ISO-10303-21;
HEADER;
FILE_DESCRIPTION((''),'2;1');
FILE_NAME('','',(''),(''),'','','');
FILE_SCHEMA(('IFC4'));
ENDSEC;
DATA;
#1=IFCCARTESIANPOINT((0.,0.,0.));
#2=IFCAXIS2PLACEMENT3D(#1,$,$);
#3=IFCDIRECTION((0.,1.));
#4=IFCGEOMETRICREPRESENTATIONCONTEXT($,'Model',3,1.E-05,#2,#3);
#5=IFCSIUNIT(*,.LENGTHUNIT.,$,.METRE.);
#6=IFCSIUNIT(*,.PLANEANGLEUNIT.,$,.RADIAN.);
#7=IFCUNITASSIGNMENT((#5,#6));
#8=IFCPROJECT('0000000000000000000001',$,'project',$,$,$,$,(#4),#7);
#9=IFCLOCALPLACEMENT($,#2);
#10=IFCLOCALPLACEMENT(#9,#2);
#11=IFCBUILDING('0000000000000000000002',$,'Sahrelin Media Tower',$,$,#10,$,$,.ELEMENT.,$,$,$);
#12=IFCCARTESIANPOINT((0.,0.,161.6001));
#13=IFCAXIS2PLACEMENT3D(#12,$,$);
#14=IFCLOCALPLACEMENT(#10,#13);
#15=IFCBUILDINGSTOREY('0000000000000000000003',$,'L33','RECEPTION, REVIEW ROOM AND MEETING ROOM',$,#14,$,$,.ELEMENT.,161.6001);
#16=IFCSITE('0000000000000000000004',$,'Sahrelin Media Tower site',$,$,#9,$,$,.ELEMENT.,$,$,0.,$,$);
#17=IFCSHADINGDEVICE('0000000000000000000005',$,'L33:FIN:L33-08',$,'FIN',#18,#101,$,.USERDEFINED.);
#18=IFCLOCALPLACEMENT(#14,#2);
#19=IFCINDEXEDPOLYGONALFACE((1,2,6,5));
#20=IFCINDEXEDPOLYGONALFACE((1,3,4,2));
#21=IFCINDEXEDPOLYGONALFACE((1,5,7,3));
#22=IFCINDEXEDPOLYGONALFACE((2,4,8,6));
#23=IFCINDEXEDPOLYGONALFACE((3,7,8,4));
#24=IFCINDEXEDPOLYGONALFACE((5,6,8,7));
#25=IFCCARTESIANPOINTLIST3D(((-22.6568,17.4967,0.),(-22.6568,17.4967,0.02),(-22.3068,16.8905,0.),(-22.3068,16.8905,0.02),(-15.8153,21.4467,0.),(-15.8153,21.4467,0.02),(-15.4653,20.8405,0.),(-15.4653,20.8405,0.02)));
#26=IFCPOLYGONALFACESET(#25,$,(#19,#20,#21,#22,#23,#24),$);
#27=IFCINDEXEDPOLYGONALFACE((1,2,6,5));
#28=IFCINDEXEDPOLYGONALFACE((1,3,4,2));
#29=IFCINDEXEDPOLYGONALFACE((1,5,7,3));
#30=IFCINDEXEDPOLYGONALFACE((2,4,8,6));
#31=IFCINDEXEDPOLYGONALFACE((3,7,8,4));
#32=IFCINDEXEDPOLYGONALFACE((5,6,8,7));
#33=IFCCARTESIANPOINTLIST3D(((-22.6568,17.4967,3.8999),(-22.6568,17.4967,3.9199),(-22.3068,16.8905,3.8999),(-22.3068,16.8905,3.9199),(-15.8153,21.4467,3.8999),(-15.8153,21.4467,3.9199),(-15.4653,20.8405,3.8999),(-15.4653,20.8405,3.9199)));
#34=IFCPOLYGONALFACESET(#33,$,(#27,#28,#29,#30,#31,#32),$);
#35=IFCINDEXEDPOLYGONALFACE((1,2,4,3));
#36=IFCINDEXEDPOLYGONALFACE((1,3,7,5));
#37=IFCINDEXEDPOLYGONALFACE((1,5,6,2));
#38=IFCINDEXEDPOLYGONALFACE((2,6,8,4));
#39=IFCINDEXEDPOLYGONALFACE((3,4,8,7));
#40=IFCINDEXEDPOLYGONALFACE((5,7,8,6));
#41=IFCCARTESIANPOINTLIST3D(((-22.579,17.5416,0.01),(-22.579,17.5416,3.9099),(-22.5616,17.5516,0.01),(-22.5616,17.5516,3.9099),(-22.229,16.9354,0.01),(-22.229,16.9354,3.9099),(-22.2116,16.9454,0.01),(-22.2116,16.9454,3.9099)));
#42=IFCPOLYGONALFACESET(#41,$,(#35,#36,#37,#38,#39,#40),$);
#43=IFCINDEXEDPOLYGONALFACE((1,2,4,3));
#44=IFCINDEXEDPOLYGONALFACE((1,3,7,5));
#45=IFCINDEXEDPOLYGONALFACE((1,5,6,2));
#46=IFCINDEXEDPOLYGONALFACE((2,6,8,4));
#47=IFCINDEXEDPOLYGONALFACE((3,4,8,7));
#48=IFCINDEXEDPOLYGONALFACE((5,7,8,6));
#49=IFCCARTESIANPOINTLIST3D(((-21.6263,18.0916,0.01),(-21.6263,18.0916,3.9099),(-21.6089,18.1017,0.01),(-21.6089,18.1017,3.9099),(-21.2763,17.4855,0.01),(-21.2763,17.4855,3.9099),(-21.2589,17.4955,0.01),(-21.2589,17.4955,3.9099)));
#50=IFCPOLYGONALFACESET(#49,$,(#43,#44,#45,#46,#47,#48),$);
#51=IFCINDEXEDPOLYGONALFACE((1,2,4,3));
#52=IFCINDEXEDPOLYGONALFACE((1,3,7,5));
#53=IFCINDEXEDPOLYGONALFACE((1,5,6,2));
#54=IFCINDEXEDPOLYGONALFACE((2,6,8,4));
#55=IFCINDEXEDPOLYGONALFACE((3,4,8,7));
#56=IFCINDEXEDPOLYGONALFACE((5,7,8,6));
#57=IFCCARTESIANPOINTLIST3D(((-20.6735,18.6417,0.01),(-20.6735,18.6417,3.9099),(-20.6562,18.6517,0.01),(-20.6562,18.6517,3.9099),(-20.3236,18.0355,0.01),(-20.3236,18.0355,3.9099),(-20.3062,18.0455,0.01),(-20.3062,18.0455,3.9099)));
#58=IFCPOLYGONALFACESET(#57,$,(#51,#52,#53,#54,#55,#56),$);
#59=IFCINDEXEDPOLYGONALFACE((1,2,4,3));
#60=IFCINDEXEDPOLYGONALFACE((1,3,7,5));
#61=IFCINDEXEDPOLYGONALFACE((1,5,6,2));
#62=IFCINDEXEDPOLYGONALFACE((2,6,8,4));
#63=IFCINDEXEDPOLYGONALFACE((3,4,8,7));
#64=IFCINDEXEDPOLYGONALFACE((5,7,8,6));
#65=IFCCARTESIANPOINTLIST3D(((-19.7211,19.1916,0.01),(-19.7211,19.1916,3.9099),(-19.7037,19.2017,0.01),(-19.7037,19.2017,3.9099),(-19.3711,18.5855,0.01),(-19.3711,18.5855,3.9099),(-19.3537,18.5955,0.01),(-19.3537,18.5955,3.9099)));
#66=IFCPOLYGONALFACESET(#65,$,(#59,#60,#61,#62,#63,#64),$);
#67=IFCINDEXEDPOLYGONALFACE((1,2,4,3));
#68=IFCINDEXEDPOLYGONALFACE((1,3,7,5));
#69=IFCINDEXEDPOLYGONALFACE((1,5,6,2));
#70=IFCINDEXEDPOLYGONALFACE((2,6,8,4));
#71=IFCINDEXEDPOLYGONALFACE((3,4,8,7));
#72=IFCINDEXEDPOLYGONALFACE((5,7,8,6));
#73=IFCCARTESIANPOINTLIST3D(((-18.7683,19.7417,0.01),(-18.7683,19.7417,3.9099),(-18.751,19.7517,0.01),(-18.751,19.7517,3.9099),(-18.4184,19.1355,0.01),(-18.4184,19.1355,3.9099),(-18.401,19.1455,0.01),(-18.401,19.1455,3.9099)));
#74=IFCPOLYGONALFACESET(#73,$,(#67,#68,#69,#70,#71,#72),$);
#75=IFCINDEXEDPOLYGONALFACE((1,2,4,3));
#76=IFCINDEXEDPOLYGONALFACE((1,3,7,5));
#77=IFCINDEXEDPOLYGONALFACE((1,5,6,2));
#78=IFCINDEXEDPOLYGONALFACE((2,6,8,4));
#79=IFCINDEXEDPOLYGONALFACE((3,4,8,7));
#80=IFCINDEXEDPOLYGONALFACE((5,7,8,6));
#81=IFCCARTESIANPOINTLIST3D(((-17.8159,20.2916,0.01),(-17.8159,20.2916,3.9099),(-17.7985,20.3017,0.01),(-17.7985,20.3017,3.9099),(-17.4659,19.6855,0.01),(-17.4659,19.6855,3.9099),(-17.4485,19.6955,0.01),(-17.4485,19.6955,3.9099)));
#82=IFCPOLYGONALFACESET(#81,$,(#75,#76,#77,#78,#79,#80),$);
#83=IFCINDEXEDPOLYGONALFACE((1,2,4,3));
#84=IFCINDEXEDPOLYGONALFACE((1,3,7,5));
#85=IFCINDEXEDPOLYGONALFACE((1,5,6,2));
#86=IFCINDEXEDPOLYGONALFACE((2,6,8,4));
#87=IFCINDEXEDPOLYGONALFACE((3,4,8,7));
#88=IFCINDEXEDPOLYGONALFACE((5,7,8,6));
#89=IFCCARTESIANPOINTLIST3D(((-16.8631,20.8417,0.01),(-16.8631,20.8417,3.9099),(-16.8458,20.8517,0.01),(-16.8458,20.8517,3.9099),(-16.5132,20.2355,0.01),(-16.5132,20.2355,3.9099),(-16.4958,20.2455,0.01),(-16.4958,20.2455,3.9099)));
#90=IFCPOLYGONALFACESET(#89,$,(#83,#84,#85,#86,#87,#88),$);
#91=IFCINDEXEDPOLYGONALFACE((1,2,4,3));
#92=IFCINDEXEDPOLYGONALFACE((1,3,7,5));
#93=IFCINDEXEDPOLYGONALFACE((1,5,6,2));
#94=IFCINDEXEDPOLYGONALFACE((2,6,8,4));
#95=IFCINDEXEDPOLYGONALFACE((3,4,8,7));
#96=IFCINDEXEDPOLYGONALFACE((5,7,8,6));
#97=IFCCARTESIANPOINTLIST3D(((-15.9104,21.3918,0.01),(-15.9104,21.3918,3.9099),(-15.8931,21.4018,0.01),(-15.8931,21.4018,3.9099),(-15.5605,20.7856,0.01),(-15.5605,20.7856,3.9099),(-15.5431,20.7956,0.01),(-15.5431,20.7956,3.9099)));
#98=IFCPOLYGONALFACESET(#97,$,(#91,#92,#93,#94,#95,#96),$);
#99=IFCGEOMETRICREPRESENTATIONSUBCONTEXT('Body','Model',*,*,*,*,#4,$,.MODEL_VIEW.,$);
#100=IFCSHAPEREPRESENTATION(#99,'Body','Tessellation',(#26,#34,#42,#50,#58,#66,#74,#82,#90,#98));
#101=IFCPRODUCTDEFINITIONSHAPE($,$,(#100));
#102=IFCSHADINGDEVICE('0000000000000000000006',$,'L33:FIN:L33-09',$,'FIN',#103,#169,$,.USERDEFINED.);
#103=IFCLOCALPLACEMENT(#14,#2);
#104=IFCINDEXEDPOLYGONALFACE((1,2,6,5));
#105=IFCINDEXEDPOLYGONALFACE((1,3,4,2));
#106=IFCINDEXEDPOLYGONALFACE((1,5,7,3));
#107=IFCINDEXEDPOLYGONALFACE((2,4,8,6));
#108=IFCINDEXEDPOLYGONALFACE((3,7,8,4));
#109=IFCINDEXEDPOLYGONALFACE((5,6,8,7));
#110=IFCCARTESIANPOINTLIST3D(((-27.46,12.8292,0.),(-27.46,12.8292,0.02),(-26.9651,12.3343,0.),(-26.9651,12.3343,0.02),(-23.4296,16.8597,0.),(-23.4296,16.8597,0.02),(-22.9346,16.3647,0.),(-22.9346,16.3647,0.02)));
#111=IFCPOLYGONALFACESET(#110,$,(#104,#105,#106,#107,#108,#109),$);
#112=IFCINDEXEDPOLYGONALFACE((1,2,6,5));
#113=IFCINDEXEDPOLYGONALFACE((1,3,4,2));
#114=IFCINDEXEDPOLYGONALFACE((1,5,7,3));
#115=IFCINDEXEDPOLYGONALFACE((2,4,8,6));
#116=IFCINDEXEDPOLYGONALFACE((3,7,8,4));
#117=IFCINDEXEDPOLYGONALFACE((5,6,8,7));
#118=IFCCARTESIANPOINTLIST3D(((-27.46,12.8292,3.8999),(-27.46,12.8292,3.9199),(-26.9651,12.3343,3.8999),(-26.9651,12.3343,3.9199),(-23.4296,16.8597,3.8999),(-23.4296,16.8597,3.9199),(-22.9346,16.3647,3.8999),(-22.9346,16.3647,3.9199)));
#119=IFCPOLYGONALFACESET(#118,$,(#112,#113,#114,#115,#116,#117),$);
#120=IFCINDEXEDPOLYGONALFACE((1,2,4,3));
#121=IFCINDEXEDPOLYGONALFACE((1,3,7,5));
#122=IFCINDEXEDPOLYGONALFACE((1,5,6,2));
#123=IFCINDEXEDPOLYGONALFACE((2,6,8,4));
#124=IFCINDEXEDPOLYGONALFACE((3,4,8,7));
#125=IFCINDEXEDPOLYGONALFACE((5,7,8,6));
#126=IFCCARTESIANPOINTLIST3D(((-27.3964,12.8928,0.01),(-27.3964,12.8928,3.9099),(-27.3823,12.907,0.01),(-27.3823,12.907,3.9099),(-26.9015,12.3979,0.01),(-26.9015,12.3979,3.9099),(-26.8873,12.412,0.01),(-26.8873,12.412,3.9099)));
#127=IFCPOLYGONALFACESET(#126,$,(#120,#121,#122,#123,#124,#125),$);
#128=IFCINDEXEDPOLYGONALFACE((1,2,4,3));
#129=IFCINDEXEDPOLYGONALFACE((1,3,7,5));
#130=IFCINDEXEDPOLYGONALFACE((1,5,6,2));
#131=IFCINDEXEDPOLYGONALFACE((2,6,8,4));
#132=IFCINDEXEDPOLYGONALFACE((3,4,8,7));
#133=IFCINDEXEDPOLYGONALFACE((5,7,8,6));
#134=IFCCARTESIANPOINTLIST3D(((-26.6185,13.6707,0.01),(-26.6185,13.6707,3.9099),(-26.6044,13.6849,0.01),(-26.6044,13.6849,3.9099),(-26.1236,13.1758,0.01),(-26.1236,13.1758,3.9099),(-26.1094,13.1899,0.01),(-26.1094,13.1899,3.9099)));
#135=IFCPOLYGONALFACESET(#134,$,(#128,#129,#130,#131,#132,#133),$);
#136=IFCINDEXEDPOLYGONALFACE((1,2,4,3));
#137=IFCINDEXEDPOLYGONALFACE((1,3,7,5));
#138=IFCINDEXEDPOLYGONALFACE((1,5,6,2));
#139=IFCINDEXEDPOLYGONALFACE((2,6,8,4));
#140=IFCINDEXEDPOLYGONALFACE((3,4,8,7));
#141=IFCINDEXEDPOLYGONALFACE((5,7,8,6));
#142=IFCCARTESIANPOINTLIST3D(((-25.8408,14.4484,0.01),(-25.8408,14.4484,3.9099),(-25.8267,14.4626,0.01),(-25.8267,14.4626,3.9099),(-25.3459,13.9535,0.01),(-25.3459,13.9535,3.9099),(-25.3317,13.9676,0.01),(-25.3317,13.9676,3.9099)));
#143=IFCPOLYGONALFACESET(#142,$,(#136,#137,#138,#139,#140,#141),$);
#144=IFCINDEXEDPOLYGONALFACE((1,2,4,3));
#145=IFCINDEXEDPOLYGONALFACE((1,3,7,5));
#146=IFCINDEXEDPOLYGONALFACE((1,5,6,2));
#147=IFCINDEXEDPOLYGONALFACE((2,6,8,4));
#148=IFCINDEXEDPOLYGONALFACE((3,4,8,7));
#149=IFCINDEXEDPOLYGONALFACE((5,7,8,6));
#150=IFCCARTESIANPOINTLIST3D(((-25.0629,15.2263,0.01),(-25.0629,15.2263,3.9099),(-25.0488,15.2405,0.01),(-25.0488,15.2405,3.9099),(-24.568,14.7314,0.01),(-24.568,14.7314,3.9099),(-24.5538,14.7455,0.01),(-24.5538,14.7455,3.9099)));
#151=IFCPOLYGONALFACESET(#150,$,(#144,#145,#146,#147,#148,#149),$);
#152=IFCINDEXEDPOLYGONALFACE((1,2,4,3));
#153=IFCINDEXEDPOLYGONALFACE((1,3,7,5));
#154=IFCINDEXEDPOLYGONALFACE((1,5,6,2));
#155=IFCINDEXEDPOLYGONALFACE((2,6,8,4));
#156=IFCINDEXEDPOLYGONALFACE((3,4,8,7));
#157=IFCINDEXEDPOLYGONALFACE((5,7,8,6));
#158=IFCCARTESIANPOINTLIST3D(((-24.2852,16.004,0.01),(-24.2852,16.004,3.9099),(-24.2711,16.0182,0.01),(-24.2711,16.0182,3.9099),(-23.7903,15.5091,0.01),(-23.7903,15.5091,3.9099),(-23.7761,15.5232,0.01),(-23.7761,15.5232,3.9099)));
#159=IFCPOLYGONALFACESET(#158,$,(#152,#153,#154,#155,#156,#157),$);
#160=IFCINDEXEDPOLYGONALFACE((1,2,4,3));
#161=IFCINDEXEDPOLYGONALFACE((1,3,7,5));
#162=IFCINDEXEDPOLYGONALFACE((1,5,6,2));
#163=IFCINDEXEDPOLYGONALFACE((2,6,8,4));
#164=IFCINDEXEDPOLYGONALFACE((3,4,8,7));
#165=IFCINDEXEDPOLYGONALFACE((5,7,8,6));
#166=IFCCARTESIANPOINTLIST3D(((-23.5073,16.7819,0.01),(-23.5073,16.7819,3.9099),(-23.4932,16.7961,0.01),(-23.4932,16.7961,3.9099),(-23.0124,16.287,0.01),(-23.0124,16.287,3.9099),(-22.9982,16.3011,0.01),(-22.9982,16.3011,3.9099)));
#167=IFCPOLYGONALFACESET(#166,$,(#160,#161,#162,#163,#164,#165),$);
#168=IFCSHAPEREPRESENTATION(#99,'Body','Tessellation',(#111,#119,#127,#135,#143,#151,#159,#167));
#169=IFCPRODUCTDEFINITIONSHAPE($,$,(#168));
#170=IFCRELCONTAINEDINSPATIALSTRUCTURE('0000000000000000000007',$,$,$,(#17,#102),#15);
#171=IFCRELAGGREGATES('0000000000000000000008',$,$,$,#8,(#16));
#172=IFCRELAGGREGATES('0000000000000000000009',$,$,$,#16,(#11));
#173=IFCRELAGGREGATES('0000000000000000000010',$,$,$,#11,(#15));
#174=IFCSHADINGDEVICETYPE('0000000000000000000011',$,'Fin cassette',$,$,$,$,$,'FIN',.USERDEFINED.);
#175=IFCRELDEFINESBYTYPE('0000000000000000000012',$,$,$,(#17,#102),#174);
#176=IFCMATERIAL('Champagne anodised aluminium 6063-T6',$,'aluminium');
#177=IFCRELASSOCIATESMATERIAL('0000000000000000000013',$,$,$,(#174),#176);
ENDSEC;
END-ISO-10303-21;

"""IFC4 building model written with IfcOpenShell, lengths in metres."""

from ifc_helpers import new_model, si_unit, direction, frame, origin, origin_2d, place, context, subcontext, project, spatial, rectangle, extrude, material, type_object, element, save


model = new_model("IFC4")

# Units and contexts
model_context = context("Model", 3, precision=1e-05, world=origin(), true_north=direction((0.0, 1.0)))
body_context = subcontext(model_context, "Body", "Model", "MODEL_VIEW")
ifc_project = project(units=[si_unit("LENGTHUNIT", "METRE"), si_unit("PLANEANGLEUNIT", "RADIAN")], contexts=[model_context])

# Site, building, storey
site_placement = place(None, origin())
site = spatial("IfcSite", under=ifc_project, at=site_placement, Name="Sahrelin Media Tower site", CompositionType="ELEMENT", RefElevation=0.0)
building_placement = place(site_placement, origin())
building = spatial("IfcBuilding", under=site, at=building_placement, Name="Sahrelin Media Tower", CompositionType="ELEMENT")
storey_placement = place(building_placement, frame((0.0, 0.0, 161.6001)))
storey = spatial("IfcBuildingStorey", under=building, at=storey_placement, Name="L33", Description="RECEPTION, REVIEW ROOM AND MEETING ROOM", CompositionType="ELEMENT", Elevation=161.6001)

# Shared definitions
ifc_material_1 = material(Name="Champagne anodised aluminium 6063-T6", Category="aluminium")

# Shading devices
shading_device_type_1 = type_object("IfcShadingDeviceType", Name="Fin cassette", ElementType="FIN", PredefinedType="USERDEFINED", material=ifc_material_1)
placement_1 = place(storey_placement, frame((-18.8511, 18.8049, 0.0), z_axis=(0.0, 0.0, 1.0), x_axis=(0.866019, 0.500011, 0.0)))
element("IfcShadingDevice", 1, at=placement_1, inside=storey, type_object=shading_device_type_1, Name="L33:FIN:L33-08", ObjectType="FIN", PredefinedType="USERDEFINED", context=body_context, shape_type="SweptSolid", body=[
    extrude(rectangle(XDim=7.8999, YDim=0.7, at=origin_2d()), frame((0.0, 0.4199, 0.0)), (0.0, 0.0, 1.0), 0.02),
    extrude(rectangle(XDim=7.8999, YDim=0.7, at=origin_2d()), frame((0.0, 0.4199, 3.8999)), (0.0, 0.0, 1.0), 0.02),
    extrude(rectangle(XDim=0.02, YDim=0.7, at=origin_2d()), frame((-3.8501, 0.4199, 0.01), z_axis=(0.0, 0.0, 1.0), x_axis=(1.0, 0.0, 0.0)), (0.0, 0.0, 1.0), 3.8999),
    extrude(rectangle(XDim=0.02, YDim=0.7, at=origin_2d()), frame((-2.75, 0.4199, 0.01), z_axis=(0.0, 0.0, 1.0), x_axis=(1.0, 0.0, 0.0)), (0.0, 0.0, 1.0), 3.8999),
    extrude(rectangle(XDim=0.02, YDim=0.7, at=origin_2d()), frame((-1.6499, 0.4199, 0.01), z_axis=(0.0, 0.0, 1.0), x_axis=(1.0, 0.0, 0.0)), (0.0, 0.0, 1.0), 3.8999),
    extrude(rectangle(XDim=0.02, YDim=0.7, at=origin_2d()), frame((-0.55, 0.4199, 0.01), z_axis=(0.0, 0.0, 1.0), x_axis=(1.0, 0.0, 0.0)), (0.0, 0.0, 1.0), 3.8999),
    extrude(rectangle(XDim=0.02, YDim=0.7, at=origin_2d()), frame((0.55, 0.4199, 0.01), z_axis=(0.0, 0.0, 1.0), x_axis=(1.0, 0.0, 0.0)), (0.0, 0.0, 1.0), 3.8999),
    extrude(rectangle(XDim=0.02, YDim=0.7, at=origin_2d()), frame((1.6499, 0.4199, 0.01), z_axis=(0.0, 0.0, 1.0), x_axis=(1.0, 0.0, 0.0)), (0.0, 0.0, 1.0), 3.8999),
    extrude(rectangle(XDim=0.02, YDim=0.7, at=origin_2d()), frame((2.75, 0.4199, 0.01), z_axis=(0.0, 0.0, 1.0), x_axis=(1.0, 0.0, 0.0)), (0.0, 0.0, 1.0), 3.8999),
    extrude(rectangle(XDim=0.02, YDim=0.7, at=origin_2d()), frame((3.8501, 0.4199, 0.01), z_axis=(0.0, 0.0, 1.0), x_axis=(1.0, 0.0, 0.0)), (0.0, 0.0, 1.0), 3.8999),
])
placement_2 = place(storey_placement, frame((-24.9004, 14.3, 0.0), z_axis=(0.0, 0.0, 1.0), x_axis=(0.707107, 0.707107, 0.0)))
element("IfcShadingDevice", 2, at=placement_2, inside=storey, type_object=shading_device_type_1, Name="L33:FIN:L33-09", ObjectType="FIN", PredefinedType="USERDEFINED", context=body_context, shape_type="SweptSolid", body=[
    extrude(rectangle(XDim=5.7, YDim=0.7, at=origin_2d()), frame((0.0, 0.4199, 0.0)), (0.0, 0.0, 1.0), 0.02),
    extrude(rectangle(XDim=5.7, YDim=0.7, at=origin_2d()), frame((0.0, 0.4199, 3.8999)), (0.0, 0.0, 1.0), 0.02),
    extrude(rectangle(XDim=0.02, YDim=0.7, at=origin_2d()), frame((-2.75, 0.4199, 0.01), z_axis=(0.0, 0.0, 1.0), x_axis=(1.0, 0.0, 0.0)), (0.0, 0.0, 1.0), 3.8999),
    extrude(rectangle(XDim=0.02, YDim=0.7, at=origin_2d()), frame((-1.6499, 0.4199, 0.01), z_axis=(0.0, 0.0, 1.0), x_axis=(1.0, 0.0, 0.0)), (0.0, 0.0, 1.0), 3.8999),
    extrude(rectangle(XDim=0.02, YDim=0.7, at=origin_2d()), frame((-0.55, 0.4199, 0.01), z_axis=(0.0, 0.0, 1.0), x_axis=(1.0, 0.0, 0.0)), (0.0, 0.0, 1.0), 3.8999),
    extrude(rectangle(XDim=0.02, YDim=0.7, at=origin_2d()), frame((0.55, 0.4199, 0.01), z_axis=(0.0, 0.0, 1.0), x_axis=(1.0, 0.0, 0.0)), (0.0, 0.0, 1.0), 3.8999),
    extrude(rectangle(XDim=0.02, YDim=0.7, at=origin_2d()), frame((1.6499, 0.4199, 0.01), z_axis=(0.0, 0.0, 1.0), x_axis=(1.0, 0.0, 0.0)), (0.0, 0.0, 1.0), 3.8999),
    extrude(rectangle(XDim=0.02, YDim=0.7, at=origin_2d()), frame((2.75, 0.4199, 0.01), z_axis=(0.0, 0.0, 1.0), x_axis=(1.0, 0.0, 0.0)), (0.0, 0.0, 1.0), 3.8999),
])

save(model, "model.ifc")
